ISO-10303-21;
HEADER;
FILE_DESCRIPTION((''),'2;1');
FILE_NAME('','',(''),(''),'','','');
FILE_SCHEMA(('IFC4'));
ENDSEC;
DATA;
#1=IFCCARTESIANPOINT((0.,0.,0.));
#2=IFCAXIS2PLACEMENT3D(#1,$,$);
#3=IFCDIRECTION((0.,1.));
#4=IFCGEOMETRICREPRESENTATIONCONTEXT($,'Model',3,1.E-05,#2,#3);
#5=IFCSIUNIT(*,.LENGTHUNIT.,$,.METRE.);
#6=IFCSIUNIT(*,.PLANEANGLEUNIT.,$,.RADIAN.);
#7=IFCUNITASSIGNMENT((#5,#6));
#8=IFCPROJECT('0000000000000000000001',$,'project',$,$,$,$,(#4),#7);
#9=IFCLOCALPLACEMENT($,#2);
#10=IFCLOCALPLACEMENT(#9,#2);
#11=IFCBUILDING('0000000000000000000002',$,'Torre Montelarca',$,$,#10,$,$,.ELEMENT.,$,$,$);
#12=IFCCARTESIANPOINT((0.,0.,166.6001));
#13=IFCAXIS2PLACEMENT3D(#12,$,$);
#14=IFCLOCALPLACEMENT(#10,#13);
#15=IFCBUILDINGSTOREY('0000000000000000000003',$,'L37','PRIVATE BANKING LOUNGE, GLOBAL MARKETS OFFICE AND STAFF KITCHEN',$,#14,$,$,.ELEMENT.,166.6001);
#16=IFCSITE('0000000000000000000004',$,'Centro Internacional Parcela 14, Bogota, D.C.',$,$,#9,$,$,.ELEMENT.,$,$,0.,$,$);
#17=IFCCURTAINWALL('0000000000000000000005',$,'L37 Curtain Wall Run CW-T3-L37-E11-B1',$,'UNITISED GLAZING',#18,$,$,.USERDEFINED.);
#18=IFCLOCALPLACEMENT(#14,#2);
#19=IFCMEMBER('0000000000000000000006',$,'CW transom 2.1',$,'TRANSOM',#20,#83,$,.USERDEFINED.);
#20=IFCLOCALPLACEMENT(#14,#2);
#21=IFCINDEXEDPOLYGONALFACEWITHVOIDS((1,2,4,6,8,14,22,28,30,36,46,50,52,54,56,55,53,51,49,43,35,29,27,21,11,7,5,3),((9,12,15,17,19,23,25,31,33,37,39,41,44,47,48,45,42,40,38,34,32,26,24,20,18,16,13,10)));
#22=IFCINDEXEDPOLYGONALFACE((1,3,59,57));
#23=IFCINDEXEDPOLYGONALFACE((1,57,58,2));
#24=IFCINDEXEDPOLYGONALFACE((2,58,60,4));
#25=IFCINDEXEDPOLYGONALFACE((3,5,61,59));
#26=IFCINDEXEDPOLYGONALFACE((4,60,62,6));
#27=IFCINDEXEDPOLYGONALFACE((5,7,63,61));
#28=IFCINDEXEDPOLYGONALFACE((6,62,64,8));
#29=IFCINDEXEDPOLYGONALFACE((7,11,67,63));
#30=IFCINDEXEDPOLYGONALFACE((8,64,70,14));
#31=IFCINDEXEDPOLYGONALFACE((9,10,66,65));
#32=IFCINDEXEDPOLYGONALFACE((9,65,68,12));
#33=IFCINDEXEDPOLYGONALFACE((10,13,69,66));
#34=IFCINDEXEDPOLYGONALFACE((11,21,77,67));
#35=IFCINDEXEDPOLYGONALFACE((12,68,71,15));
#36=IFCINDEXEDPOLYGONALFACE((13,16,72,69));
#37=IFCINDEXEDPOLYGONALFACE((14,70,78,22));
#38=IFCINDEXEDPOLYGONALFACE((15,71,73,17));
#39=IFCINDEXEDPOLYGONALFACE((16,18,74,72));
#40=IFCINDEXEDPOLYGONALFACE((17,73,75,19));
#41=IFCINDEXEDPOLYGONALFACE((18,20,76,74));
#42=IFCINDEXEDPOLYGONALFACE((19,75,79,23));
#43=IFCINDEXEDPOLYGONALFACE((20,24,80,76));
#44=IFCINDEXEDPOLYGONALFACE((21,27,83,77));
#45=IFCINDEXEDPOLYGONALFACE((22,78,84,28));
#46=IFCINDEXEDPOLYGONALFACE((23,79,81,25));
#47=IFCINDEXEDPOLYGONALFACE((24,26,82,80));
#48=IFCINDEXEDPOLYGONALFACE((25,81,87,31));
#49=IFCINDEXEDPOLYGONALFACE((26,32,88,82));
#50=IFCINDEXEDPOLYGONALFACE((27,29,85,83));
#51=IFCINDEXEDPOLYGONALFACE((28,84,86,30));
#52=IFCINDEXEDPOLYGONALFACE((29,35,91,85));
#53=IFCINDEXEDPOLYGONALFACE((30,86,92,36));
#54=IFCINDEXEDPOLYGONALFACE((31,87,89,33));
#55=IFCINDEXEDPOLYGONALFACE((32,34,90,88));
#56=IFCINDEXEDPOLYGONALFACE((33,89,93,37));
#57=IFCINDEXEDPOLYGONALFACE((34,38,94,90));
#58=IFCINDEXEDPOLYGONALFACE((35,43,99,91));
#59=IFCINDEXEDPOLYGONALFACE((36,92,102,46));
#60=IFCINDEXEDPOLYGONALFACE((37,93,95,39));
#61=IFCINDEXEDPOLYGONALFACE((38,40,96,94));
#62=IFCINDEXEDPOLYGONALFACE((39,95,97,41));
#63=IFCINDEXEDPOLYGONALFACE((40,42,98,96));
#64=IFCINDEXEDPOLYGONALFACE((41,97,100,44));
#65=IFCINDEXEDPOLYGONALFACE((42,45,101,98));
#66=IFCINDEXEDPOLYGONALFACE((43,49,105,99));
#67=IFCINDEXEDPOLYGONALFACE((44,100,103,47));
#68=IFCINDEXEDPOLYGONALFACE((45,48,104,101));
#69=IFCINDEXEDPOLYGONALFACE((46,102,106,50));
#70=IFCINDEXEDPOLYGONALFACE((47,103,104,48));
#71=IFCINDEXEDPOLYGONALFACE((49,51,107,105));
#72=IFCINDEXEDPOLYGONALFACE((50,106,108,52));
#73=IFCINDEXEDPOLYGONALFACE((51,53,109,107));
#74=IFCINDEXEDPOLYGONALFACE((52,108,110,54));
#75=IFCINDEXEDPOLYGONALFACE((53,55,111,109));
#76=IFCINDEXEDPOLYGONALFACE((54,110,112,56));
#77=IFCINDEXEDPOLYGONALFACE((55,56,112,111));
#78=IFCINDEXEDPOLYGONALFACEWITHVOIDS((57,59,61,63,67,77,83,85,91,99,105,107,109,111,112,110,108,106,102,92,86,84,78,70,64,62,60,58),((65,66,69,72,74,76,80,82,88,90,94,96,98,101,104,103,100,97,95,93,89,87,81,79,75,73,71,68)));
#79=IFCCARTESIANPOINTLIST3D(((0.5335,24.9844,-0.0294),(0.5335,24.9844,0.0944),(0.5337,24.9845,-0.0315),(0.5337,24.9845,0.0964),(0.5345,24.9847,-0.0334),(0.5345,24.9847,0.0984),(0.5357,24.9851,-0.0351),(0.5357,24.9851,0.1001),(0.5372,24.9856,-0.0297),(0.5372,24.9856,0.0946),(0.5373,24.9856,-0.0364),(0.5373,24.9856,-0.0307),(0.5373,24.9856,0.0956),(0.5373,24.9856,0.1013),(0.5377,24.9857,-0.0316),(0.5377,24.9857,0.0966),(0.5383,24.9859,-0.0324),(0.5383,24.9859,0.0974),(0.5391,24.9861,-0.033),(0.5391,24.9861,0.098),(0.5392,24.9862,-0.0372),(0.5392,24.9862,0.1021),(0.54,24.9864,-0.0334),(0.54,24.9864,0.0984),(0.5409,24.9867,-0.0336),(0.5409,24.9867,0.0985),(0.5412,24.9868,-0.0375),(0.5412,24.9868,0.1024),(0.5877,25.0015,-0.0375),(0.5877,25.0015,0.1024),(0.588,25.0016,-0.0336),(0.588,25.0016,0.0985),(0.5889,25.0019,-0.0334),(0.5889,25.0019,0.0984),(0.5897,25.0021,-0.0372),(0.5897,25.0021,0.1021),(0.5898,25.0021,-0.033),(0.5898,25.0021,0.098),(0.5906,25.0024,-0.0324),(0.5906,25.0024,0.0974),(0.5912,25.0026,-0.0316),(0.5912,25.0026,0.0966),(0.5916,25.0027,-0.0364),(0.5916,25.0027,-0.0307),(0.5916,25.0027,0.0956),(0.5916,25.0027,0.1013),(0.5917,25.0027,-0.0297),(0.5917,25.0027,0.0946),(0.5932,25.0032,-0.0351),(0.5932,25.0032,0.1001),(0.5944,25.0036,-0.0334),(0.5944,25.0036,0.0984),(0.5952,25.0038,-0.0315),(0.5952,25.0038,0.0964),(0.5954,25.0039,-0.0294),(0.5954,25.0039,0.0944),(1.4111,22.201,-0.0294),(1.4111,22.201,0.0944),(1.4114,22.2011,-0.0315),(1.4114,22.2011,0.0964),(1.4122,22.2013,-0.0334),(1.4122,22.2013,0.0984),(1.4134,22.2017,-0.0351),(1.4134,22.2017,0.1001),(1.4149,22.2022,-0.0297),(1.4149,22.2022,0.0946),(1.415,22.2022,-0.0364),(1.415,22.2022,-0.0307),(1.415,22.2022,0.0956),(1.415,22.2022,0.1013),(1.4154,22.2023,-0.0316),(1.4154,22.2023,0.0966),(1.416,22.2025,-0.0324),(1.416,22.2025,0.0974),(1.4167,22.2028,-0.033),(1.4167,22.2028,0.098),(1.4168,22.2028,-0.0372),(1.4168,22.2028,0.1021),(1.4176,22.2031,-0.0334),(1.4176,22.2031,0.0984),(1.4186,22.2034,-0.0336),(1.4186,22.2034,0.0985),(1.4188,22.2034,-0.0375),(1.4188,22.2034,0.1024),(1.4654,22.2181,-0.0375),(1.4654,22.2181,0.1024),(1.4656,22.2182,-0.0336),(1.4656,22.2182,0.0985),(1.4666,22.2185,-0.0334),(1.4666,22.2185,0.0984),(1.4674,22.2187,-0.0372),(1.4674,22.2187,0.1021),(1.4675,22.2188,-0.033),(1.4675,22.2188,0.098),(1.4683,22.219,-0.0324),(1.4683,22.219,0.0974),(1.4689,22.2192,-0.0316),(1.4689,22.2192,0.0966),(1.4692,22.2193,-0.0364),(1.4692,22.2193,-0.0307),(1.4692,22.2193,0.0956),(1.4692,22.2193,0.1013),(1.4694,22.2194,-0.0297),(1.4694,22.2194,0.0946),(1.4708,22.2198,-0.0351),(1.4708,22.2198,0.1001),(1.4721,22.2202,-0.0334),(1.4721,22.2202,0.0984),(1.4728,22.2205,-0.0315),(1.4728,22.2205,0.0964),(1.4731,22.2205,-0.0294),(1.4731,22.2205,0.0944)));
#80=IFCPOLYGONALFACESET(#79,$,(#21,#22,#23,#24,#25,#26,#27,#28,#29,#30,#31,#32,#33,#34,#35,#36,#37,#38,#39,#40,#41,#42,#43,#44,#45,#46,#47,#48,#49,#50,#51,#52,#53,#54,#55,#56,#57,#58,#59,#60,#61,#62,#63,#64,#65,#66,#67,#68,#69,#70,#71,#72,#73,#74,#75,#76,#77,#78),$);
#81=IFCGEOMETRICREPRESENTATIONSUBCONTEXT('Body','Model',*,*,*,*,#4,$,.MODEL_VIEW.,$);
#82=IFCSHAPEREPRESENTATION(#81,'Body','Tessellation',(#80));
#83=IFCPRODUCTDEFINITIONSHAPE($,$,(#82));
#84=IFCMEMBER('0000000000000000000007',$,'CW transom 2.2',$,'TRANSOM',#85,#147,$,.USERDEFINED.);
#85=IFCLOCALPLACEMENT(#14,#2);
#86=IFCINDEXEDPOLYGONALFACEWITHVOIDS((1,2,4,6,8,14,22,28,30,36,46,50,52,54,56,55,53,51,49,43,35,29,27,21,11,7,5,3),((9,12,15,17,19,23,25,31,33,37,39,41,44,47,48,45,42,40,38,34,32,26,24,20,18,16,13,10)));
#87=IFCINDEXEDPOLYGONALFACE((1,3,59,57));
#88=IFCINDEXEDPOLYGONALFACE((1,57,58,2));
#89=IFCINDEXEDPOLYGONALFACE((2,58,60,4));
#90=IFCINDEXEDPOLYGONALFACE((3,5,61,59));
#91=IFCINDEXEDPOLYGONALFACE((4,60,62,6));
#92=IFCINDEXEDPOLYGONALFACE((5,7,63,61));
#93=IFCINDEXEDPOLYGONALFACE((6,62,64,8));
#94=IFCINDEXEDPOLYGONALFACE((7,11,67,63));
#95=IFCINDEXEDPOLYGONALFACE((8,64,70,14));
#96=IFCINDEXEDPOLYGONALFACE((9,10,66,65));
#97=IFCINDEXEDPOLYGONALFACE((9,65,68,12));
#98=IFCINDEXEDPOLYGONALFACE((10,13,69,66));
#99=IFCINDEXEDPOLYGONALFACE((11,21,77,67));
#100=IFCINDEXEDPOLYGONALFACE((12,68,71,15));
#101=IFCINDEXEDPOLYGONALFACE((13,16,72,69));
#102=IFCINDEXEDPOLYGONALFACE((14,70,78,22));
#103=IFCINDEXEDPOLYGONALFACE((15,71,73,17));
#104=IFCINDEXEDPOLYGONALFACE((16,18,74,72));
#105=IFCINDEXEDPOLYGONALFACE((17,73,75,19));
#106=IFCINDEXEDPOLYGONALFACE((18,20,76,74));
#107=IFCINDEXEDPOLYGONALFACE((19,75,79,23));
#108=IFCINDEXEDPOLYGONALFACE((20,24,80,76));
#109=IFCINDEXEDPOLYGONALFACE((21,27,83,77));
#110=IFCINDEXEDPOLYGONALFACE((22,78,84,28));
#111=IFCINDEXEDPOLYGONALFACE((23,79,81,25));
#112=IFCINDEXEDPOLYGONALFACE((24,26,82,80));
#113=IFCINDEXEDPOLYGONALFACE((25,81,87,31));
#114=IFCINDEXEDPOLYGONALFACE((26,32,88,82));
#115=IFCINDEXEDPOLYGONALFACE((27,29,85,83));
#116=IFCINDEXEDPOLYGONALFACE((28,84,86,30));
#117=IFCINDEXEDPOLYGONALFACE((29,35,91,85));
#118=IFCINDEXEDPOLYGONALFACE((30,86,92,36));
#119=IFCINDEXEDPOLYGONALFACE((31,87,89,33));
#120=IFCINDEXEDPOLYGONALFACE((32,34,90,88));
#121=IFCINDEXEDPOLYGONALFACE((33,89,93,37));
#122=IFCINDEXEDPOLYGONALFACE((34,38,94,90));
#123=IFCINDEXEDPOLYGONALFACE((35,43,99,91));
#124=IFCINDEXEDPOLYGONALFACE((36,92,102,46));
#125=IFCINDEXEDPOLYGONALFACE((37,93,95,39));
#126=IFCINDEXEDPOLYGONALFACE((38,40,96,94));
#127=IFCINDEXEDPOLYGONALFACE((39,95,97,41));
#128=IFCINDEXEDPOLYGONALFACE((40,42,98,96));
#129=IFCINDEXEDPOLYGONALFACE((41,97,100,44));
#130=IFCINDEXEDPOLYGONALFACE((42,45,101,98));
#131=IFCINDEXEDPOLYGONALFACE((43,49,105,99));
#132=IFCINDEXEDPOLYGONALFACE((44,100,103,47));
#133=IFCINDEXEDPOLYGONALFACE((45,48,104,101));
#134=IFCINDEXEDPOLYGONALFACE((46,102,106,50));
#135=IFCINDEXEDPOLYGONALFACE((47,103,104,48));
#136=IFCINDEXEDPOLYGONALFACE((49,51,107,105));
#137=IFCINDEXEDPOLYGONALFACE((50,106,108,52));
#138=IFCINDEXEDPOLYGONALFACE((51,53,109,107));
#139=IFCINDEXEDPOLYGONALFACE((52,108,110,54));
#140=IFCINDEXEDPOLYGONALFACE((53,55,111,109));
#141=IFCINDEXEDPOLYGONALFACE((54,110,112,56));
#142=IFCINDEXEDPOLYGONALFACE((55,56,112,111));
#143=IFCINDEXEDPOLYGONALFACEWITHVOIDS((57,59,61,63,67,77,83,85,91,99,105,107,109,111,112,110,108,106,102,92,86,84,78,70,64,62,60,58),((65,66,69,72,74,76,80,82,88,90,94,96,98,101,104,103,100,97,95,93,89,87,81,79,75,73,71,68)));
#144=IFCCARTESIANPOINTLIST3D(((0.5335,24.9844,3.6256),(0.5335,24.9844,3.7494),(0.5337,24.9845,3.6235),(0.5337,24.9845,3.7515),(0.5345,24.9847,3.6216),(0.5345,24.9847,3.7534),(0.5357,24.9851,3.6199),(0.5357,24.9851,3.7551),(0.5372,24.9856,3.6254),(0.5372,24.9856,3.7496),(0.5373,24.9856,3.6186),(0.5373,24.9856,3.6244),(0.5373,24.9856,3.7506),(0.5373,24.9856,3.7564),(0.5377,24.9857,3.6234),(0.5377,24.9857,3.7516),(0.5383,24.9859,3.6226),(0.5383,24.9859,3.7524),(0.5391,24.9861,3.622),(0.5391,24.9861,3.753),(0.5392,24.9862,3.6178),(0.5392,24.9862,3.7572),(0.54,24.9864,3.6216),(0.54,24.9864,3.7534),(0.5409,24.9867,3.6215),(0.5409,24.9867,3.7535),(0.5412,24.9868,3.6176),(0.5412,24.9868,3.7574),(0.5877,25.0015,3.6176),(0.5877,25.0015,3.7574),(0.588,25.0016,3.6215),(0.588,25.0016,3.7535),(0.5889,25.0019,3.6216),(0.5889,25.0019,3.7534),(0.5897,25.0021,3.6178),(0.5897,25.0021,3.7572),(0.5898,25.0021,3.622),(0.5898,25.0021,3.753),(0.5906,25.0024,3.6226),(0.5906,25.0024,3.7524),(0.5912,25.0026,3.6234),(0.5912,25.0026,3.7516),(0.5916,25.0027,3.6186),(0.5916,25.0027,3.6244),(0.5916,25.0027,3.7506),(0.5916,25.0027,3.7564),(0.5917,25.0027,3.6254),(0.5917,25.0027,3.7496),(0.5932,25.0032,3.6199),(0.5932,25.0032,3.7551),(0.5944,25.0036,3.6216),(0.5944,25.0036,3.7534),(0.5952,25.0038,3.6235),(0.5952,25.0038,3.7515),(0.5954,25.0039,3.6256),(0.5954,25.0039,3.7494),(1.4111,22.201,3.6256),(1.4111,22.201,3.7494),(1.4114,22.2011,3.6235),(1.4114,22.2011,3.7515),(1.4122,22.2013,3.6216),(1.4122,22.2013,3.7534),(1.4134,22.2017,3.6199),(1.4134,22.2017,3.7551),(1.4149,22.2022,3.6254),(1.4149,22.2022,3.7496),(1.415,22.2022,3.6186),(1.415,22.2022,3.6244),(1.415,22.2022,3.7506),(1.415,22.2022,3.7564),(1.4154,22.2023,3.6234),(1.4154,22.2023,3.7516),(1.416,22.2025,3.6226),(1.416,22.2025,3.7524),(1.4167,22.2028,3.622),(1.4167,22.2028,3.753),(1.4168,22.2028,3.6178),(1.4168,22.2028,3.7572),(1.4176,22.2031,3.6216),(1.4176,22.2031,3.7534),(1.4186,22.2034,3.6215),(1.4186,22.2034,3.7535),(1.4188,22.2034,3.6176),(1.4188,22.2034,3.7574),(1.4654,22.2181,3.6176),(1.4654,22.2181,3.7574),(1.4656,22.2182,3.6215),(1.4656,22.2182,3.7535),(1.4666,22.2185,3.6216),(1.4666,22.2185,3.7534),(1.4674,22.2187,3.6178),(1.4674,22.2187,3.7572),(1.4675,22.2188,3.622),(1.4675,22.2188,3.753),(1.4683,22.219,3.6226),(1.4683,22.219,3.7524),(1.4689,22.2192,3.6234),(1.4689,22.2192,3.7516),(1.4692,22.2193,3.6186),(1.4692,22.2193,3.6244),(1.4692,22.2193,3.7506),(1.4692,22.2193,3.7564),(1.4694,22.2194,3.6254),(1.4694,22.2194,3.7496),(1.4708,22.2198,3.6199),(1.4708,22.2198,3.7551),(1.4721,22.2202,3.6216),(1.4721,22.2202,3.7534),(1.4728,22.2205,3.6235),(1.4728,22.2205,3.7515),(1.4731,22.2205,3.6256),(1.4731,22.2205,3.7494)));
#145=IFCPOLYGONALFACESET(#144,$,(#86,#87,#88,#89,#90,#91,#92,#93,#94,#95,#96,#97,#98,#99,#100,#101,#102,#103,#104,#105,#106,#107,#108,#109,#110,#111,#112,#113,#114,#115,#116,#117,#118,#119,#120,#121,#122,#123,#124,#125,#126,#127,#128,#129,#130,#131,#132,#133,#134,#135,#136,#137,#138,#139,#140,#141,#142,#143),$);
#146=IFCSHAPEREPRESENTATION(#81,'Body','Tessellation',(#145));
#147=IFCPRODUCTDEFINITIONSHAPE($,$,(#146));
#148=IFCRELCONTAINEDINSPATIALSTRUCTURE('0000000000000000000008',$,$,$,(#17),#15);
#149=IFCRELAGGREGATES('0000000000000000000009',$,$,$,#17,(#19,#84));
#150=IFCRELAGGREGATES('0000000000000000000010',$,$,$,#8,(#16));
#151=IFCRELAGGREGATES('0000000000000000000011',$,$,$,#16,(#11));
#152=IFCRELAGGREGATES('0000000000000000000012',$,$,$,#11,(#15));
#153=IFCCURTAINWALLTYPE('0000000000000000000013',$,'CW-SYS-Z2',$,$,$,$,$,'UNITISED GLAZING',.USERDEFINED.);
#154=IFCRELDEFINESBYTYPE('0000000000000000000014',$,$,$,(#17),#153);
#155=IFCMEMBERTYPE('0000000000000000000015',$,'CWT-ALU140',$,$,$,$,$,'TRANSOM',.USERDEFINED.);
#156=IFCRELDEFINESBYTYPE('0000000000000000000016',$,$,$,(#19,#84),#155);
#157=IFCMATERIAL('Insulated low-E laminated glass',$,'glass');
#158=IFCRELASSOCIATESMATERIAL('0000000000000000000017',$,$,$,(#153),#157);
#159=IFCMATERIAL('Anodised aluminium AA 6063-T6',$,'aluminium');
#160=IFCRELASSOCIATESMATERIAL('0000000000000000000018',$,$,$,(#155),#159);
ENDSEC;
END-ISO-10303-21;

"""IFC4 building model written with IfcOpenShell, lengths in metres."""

from ifc_helpers import new_model, si_unit, direction, frame, origin, origin_2d, place, context, subcontext, project, spatial, hollow_rectangle, extrude, source, transform, mapped, material, material_profile, profile_set, type_object, element, aggregate, save


model = new_model("IFC4")

# Units and contexts
model_context = context("Model", 3, precision=1e-05, world=origin(), true_north=direction((0.0, 1.0)))
body_context = subcontext(model_context, "Body", "Model", "MODEL_VIEW")
ifc_project = project(units=[si_unit("LENGTHUNIT", "METRE"), si_unit("PLANEANGLEUNIT", "RADIAN")], contexts=[model_context])

# Site, building, storey
site_placement = place(None, origin())
site = spatial("IfcSite", under=ifc_project, at=site_placement, Name="Centro Internacional Parcela 14, Bogota, D.C.", CompositionType="ELEMENT", RefElevation=0.0)
building_placement = place(site_placement, origin())
building = spatial("IfcBuilding", under=site, at=building_placement, Name="Torre Montelarca", CompositionType="ELEMENT")
storey_placement = place(building_placement, frame((0.0, 0.0, 166.6001)))
storey = spatial("IfcBuildingStorey", under=building, at=storey_placement, Name="L37", Description="PRIVATE BANKING LOUNGE, GLOBAL MARKETS OFFICE AND STAFF KITCHEN", CompositionType="ELEMENT", Elevation=166.6001)

# Curtain wall, members
ifc_material_1 = material(Name="Insulated low-E laminated glass", Category="glass")
curtain_wall_type = type_object("IfcCurtainWallType", Name="CW-SYS-Z2", ElementType="UNITISED GLAZING", PredefinedType="USERDEFINED", material=ifc_material_1)
curtain_wall_1_placement = place(storey_placement, origin())
curtain_wall_1 = element("IfcCurtainWall", 1, at=curtain_wall_1_placement, inside=storey, type_object=curtain_wall_type, Name="L37 Curtain Wall Run CW-T3-L37-E11-B1", ObjectType="UNITISED GLAZING", PredefinedType="USERDEFINED")
ifc_material_2 = material(Name="Anodised aluminium AA 6063-T6", Category="aluminium")
ifc_material_profile_1 = material_profile(ifc_material_2, hollow_rectangle(XDim=0.0649, YDim=0.1399, WallThickness=0.0039, InnerFilletRadius=0.0039, OuterFilletRadius=0.0081, at=origin_2d()), Name="ALU65X140X4", Category="aluminium")
ifc_profile_set_1 = profile_set([ifc_material_profile_1], Name="Anodised aluminium AA 6063-T6")
member_type_1 = type_object("IfcMemberType", Name="CWT-ALU140", ElementType="TRANSOM", PredefinedType="USERDEFINED", material=ifc_profile_set_1)
shared_shape_1 = source(origin(), body_context, "Body", "SweptSolid", [
    extrude(hollow_rectangle(XDim=0.0649, YDim=0.1399, WallThickness=0.0039, InnerFilletRadius=0.0039, OuterFilletRadius=0.0081, at=origin_2d()), origin(), (0.0, 0.0, 1.0), 2.9185),
])
member_1_placement = place(storey_placement, frame((0.5645, 24.9941, 0.0325), z_axis=(0.300727, -0.95371, 0.0), x_axis=(0.95371, 0.300727, 0.0)))
member_1 = element("IfcMember", 2, at=member_1_placement, type_object=member_type_1, Name="CW transom 2.1", ObjectType="TRANSOM", PredefinedType="USERDEFINED", context=body_context, shape_type="MappedRepresentation", body=[
    mapped(shared_shape_1, transform((0.0, 0.0, 0.0), scale=1.0)),
])
member_2_placement = place(storey_placement, frame((0.5645, 24.9941, 3.6875), z_axis=(0.300727, -0.95371, 0.0), x_axis=(0.95371, 0.300727, 0.0)))
member_2 = element("IfcMember", 3, at=member_2_placement, type_object=member_type_1, Name="CW transom 2.2", ObjectType="TRANSOM", PredefinedType="USERDEFINED", context=body_context, shape_type="MappedRepresentation", body=[
    mapped(shared_shape_1, transform((0.0, 0.0, 0.0), scale=1.0)),
])

aggregate(curtain_wall_1, [member_1, member_2])

save(model, "model.ifc")
